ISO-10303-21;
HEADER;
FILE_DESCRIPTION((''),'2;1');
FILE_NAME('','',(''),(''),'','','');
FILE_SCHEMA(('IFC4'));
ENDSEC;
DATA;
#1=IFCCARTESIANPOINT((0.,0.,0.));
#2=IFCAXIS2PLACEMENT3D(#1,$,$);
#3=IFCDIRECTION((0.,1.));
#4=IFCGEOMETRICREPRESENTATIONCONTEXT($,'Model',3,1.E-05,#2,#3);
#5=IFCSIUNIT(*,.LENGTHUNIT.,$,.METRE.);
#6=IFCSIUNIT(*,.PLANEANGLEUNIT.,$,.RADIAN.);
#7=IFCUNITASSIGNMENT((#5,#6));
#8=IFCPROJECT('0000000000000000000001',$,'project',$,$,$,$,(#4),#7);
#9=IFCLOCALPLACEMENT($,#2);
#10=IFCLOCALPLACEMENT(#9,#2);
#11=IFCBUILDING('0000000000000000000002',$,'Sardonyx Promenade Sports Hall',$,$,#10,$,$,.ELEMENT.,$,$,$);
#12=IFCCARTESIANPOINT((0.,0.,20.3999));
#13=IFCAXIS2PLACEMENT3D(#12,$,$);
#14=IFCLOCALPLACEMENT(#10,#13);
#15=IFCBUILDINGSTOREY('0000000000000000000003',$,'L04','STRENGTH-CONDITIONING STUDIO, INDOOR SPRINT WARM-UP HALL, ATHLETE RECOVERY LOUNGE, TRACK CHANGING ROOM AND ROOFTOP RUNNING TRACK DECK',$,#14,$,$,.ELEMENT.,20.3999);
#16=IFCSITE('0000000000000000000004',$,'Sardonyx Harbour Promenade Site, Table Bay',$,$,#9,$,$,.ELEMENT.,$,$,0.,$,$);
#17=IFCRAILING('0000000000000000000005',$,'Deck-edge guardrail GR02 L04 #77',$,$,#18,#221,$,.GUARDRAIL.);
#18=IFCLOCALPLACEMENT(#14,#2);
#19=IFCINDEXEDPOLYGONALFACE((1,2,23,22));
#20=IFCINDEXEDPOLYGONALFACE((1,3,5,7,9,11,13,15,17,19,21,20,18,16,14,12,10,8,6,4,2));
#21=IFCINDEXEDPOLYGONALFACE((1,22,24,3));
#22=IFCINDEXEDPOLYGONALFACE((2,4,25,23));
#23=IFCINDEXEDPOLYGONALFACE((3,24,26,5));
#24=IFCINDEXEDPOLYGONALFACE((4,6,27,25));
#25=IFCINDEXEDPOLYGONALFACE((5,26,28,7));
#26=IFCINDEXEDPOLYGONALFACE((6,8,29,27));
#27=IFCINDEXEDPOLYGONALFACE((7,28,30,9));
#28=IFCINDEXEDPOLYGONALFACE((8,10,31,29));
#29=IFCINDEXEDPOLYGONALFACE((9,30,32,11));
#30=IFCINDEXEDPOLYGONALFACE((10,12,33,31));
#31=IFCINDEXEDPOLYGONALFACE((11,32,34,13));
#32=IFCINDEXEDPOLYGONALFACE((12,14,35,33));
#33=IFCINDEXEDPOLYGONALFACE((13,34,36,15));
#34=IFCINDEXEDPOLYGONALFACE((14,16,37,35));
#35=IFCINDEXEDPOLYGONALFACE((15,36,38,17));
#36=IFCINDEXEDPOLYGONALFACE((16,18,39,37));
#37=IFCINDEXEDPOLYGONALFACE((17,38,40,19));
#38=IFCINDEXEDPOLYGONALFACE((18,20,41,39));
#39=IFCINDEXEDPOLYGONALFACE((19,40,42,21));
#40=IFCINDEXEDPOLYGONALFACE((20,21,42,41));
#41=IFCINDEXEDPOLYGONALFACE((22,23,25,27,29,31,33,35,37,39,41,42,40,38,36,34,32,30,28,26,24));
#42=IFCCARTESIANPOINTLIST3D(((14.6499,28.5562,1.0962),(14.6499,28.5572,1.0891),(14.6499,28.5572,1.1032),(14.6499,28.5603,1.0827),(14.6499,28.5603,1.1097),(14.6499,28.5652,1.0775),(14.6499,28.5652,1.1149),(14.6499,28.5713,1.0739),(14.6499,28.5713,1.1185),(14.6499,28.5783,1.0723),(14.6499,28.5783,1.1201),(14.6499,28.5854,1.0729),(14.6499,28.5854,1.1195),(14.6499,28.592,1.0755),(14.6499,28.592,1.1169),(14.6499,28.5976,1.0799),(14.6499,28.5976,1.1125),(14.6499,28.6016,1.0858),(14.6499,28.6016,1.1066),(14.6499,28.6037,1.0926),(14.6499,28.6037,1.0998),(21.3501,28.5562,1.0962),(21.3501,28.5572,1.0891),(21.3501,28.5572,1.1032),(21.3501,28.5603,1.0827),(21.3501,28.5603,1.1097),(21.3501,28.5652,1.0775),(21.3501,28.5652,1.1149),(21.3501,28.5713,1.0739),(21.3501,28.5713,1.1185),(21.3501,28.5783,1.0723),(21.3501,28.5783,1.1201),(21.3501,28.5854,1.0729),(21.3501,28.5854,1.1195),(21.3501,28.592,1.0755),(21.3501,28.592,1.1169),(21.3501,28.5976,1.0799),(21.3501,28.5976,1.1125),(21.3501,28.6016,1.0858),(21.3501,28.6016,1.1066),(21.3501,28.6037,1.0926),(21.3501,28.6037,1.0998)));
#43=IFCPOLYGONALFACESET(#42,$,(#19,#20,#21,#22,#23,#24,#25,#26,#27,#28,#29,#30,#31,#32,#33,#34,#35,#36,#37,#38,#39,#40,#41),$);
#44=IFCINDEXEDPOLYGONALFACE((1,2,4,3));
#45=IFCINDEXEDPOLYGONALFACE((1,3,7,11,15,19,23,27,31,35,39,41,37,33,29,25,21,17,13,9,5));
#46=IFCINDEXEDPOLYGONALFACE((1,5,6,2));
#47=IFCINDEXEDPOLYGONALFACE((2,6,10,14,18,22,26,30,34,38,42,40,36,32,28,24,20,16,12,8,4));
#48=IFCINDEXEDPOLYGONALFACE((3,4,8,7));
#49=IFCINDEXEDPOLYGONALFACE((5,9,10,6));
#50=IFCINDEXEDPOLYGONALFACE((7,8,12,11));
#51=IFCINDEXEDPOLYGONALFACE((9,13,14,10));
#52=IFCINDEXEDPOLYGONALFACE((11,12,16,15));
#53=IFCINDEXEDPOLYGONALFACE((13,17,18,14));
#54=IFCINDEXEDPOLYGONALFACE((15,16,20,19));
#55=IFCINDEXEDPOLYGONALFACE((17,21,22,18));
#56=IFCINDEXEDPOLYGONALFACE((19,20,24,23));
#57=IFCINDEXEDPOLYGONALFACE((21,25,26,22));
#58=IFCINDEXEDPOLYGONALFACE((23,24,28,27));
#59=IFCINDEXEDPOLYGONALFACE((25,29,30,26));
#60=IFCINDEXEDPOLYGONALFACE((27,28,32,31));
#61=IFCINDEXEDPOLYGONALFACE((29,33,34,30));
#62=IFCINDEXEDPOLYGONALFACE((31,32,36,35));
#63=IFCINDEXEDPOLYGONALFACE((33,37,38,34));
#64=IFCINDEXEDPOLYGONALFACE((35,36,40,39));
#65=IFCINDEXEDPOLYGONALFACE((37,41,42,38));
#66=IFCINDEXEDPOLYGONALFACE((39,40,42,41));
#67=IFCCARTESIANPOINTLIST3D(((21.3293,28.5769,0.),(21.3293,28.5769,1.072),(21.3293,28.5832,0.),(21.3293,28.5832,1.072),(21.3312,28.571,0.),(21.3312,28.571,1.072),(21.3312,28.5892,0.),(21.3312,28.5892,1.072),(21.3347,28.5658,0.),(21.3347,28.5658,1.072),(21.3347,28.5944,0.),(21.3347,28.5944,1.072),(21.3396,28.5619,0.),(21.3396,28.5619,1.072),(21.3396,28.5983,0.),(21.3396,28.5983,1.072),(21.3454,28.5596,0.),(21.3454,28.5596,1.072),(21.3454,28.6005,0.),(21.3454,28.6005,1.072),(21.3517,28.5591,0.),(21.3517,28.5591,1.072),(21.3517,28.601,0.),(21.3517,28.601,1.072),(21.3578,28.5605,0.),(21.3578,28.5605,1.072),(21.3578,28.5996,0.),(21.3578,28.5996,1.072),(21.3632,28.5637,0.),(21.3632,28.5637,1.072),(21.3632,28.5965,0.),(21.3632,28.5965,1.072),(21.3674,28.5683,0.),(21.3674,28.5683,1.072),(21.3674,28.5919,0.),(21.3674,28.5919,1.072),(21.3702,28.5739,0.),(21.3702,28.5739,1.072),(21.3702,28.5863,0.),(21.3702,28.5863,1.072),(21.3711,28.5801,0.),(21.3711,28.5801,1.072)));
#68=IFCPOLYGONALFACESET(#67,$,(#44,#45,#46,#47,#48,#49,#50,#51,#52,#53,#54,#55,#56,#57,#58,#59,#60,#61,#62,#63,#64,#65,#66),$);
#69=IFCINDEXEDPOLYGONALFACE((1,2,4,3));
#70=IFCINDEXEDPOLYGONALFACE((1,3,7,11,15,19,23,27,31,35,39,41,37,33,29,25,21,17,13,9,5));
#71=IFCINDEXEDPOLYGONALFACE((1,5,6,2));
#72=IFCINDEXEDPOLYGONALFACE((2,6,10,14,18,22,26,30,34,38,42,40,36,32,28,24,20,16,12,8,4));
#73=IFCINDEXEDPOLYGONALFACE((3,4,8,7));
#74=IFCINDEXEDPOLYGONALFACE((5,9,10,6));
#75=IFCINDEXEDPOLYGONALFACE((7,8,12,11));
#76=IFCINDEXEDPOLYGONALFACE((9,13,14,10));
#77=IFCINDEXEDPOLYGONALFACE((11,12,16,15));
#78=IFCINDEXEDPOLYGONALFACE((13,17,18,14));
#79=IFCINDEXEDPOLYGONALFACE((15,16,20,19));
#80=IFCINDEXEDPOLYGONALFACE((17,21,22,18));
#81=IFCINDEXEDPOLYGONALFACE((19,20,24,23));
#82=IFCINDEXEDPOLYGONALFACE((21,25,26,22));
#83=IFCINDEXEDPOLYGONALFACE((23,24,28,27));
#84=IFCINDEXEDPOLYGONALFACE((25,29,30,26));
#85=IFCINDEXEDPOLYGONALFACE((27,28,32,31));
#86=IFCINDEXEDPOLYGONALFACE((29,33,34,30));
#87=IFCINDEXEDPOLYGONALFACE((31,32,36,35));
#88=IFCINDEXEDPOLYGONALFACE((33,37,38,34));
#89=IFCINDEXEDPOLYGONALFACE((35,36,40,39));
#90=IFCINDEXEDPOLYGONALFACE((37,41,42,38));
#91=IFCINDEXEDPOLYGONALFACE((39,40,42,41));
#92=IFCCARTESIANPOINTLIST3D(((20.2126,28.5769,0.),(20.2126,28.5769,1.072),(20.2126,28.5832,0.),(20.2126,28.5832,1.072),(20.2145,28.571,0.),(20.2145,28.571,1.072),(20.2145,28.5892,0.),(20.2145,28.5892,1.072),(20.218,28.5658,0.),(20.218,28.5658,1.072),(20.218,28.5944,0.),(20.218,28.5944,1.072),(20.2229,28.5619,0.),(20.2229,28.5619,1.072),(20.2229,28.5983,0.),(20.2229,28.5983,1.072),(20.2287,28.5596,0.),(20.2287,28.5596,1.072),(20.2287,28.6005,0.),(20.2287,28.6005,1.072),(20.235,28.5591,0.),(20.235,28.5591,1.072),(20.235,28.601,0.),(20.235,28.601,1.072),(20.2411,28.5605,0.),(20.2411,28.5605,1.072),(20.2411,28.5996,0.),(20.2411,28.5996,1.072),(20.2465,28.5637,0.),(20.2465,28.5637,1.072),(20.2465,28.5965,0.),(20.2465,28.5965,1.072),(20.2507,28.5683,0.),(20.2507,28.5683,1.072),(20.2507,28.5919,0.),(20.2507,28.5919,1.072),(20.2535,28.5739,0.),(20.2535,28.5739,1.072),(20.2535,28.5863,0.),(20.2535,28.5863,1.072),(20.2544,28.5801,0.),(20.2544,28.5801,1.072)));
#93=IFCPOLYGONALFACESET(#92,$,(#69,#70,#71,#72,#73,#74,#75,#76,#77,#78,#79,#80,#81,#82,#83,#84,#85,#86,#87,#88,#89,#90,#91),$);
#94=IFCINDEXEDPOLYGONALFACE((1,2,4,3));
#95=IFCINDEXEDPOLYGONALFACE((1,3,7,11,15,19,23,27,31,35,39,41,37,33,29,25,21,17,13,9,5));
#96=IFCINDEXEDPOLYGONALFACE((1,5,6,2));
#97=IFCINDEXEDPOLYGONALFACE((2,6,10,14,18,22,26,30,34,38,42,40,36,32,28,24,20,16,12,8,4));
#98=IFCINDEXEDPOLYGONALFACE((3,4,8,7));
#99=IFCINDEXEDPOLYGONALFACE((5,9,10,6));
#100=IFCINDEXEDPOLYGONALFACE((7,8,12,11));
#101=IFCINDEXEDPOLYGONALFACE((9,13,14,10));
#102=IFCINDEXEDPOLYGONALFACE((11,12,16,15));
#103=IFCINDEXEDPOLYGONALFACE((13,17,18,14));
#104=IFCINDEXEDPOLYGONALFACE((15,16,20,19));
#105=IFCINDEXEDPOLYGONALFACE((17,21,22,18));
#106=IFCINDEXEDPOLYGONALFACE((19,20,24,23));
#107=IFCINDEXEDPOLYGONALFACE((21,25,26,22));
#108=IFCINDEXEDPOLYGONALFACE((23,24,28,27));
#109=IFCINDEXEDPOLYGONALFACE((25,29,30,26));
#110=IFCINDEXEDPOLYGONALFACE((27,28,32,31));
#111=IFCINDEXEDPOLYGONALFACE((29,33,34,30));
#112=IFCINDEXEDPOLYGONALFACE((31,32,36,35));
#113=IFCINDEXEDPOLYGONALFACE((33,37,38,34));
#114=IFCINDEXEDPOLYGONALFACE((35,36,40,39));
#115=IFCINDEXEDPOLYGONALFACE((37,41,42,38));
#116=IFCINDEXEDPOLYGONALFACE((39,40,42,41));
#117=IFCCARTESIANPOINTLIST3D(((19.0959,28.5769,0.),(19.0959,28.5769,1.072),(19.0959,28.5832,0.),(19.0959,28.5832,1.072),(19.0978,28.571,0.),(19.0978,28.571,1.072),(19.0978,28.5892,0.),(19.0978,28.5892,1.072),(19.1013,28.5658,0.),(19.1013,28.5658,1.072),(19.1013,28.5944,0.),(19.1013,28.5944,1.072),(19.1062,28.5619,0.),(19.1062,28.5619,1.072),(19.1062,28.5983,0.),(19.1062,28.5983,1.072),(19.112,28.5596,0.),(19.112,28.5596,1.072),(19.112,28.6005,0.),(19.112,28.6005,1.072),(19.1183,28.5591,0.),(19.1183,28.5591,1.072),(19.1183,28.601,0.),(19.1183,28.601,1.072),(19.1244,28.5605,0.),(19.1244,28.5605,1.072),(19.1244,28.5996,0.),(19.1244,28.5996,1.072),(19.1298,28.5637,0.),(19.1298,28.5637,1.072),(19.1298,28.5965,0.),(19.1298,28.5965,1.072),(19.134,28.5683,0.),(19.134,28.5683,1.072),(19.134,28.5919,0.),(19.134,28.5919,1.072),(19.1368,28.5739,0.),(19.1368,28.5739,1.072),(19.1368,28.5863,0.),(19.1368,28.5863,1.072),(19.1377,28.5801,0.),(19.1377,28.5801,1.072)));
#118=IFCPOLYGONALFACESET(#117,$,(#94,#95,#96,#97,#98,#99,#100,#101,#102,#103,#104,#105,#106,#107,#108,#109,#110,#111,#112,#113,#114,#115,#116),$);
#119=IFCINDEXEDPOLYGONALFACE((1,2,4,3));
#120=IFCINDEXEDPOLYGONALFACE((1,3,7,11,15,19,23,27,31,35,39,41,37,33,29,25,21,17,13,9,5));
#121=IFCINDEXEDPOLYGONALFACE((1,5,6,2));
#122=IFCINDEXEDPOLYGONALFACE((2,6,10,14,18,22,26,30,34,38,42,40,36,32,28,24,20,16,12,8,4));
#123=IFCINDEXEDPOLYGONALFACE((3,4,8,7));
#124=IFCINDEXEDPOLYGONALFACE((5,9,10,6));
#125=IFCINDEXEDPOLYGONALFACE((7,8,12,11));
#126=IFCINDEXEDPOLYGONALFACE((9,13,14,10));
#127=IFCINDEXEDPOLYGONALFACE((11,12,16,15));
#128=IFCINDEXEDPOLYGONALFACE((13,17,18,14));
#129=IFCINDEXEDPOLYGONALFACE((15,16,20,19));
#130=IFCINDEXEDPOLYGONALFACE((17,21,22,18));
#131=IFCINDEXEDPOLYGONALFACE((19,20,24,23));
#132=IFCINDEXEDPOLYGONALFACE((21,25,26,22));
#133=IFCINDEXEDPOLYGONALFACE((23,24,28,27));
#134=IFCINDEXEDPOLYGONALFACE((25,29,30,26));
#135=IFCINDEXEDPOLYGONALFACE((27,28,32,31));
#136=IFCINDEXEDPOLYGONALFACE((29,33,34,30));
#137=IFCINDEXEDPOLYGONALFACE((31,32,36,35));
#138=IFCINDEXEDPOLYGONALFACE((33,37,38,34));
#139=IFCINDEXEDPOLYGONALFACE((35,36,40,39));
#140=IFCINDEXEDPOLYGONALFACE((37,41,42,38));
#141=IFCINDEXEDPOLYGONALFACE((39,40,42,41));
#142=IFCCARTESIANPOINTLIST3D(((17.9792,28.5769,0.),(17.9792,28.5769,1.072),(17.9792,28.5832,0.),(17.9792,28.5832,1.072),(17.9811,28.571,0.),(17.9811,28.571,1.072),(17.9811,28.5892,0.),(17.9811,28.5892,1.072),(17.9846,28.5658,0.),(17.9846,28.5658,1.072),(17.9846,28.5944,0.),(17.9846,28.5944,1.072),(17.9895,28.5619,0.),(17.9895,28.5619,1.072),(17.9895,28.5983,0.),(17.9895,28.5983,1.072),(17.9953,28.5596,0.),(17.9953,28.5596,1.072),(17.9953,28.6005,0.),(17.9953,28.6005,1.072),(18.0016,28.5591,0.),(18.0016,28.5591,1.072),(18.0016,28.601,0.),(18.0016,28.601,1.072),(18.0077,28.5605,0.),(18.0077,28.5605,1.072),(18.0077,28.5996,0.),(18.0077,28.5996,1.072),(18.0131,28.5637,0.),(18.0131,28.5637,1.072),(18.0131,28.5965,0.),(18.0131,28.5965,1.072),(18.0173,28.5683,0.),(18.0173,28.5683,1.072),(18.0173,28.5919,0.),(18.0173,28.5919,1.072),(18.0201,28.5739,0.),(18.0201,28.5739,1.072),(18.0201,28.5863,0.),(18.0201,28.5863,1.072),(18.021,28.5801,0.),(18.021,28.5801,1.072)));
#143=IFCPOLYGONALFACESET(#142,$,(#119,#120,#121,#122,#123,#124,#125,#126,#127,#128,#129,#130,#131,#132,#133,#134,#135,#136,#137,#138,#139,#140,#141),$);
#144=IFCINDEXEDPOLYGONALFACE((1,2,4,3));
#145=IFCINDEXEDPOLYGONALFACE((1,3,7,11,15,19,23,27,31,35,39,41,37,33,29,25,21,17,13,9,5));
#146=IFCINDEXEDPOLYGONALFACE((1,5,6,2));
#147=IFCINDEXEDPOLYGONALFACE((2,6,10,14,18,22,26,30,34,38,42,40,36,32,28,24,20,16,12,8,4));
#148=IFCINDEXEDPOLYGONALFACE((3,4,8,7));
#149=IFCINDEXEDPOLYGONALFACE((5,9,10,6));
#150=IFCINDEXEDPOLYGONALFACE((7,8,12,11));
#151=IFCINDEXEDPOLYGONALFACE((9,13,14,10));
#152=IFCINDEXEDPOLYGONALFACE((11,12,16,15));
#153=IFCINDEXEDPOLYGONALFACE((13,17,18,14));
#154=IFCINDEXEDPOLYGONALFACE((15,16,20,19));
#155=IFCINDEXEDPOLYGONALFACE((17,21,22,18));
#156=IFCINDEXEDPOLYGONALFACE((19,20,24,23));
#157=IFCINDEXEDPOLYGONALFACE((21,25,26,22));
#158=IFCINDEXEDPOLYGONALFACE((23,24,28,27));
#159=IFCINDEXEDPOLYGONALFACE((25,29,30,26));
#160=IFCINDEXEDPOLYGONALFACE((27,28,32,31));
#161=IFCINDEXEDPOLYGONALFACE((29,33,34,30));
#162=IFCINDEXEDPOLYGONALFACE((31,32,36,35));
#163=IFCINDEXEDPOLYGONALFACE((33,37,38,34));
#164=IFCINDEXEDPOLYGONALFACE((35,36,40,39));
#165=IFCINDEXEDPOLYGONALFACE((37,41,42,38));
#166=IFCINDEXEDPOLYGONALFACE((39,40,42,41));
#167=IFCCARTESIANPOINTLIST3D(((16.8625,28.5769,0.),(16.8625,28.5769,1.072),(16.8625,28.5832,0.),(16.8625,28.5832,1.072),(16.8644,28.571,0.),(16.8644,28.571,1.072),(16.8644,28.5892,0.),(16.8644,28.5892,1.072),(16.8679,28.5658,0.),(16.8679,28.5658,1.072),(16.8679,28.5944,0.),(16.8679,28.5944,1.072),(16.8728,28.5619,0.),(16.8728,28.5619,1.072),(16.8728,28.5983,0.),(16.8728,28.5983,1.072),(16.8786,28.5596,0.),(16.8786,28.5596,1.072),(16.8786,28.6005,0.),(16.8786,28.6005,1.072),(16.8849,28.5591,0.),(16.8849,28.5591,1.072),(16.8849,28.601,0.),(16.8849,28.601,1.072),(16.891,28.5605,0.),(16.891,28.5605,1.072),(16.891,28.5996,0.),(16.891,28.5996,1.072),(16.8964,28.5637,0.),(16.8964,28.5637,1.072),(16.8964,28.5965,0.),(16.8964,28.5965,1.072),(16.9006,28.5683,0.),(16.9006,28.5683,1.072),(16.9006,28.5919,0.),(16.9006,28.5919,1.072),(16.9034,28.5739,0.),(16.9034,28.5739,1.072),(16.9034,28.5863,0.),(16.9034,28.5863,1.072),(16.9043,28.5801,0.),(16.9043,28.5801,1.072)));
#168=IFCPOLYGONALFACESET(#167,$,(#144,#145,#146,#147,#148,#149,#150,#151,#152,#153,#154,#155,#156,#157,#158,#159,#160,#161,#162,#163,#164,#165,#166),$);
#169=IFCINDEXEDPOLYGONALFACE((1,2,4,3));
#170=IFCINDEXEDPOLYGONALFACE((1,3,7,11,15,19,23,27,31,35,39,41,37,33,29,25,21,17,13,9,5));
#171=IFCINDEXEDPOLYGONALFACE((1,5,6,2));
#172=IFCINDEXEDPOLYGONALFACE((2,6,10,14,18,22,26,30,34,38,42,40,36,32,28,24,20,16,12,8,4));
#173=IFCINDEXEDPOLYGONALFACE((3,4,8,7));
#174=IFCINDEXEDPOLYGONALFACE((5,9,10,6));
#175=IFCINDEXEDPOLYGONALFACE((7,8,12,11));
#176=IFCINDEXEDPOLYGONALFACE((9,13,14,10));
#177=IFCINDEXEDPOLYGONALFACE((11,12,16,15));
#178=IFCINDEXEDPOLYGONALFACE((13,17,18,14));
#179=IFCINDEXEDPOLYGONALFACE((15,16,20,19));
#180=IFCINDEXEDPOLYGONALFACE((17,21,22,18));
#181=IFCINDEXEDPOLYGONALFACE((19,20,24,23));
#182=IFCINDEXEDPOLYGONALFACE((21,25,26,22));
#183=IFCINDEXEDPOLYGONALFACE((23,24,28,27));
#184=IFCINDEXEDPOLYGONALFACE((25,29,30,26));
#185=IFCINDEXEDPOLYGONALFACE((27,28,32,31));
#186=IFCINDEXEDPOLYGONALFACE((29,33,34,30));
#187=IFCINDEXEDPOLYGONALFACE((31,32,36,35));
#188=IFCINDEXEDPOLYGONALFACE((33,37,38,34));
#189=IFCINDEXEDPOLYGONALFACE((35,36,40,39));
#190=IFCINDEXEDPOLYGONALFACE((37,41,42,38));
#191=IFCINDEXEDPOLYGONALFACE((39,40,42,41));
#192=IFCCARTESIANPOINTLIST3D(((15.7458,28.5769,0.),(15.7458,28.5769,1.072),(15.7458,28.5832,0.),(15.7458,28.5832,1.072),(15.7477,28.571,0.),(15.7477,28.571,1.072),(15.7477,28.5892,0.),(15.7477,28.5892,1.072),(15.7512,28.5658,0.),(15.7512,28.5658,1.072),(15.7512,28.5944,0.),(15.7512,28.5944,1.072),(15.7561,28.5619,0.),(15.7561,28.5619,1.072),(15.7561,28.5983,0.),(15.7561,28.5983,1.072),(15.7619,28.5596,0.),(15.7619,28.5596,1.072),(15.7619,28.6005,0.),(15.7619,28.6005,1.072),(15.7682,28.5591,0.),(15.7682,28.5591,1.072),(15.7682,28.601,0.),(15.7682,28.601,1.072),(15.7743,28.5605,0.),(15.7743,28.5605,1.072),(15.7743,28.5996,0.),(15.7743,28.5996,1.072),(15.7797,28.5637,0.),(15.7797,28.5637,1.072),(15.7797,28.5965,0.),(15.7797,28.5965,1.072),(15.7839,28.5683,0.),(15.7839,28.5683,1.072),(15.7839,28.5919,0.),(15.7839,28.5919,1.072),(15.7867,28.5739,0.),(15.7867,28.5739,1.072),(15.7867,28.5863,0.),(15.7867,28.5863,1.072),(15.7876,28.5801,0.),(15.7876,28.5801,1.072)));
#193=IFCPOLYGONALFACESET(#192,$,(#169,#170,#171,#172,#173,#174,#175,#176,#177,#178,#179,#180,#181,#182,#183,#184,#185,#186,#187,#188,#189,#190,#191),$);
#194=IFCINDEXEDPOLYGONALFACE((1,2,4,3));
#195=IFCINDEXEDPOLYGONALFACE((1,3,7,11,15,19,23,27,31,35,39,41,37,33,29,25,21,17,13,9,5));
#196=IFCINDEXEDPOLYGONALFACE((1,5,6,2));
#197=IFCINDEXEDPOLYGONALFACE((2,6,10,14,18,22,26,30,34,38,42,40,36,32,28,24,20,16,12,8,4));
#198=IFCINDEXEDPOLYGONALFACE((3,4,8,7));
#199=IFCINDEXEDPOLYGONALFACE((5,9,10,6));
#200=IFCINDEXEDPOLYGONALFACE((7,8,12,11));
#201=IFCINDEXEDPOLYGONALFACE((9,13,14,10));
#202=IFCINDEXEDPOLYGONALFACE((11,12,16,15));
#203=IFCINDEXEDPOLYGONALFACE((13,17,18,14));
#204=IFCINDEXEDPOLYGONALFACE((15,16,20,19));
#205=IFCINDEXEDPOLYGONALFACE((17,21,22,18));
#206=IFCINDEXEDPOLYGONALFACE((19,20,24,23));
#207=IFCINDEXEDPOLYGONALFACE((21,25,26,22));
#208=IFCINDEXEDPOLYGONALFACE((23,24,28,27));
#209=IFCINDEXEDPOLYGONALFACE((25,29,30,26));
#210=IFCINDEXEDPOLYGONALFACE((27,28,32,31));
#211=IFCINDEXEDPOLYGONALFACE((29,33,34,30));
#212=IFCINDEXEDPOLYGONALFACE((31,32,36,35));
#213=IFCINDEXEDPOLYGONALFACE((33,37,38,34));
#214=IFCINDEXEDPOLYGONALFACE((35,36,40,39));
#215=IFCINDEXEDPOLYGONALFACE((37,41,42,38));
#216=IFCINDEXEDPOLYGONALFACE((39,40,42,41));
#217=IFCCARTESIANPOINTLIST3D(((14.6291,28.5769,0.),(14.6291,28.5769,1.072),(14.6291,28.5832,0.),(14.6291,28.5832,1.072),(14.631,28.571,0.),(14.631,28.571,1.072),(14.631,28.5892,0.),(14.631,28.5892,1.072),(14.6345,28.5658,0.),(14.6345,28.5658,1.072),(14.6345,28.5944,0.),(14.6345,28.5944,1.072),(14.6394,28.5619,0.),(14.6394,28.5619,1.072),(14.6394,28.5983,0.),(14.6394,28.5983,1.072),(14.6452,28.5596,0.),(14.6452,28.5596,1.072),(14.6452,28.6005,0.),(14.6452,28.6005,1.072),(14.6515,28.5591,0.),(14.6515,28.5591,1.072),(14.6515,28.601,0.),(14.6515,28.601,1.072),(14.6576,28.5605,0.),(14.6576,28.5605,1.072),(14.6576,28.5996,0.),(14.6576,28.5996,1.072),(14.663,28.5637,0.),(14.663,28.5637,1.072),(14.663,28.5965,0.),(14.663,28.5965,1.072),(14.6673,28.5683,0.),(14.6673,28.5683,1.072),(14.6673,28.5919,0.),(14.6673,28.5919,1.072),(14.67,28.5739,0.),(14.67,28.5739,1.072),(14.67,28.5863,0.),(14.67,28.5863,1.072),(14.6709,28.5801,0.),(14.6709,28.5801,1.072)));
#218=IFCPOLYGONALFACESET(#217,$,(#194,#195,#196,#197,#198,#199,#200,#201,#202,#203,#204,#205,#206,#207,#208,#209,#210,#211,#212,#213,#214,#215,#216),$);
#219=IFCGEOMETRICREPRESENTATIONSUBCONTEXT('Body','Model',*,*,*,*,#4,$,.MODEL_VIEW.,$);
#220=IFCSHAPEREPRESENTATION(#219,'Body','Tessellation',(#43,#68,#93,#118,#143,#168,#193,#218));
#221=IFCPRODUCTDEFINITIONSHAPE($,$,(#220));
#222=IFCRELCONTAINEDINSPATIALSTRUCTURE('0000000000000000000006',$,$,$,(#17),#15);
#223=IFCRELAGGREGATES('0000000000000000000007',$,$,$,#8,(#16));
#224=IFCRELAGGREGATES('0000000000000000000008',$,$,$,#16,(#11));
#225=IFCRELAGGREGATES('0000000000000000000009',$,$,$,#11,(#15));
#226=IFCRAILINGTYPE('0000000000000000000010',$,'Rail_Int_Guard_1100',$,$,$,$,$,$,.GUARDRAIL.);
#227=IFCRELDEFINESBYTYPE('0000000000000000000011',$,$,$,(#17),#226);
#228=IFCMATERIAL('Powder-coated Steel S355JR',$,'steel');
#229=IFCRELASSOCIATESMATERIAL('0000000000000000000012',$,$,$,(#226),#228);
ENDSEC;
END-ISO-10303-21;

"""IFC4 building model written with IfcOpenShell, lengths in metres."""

from ifc_helpers import new_model, si_unit, direction, frame, origin, origin_2d, place, context, subcontext, project, spatial, circle, extrude, material, type_object, element, save


model = new_model("IFC4")

# Units and contexts
model_context = context("Model", 3, precision=1e-05, world=origin(), true_north=direction((0.0, 1.0)))
body_context = subcontext(model_context, "Body", "Model", "MODEL_VIEW")
ifc_project = project(units=[si_unit("LENGTHUNIT", "METRE"), si_unit("PLANEANGLEUNIT", "RADIAN")], contexts=[model_context])

# Site, building, storey
site_placement = place(None, origin())
site = spatial("IfcSite", under=ifc_project, at=site_placement, Name="Sardonyx Harbour Promenade Site, Table Bay", CompositionType="ELEMENT", RefElevation=0.0)
building_placement = place(site_placement, origin())
building = spatial("IfcBuilding", under=site, at=building_placement, Name="Sardonyx Promenade Sports Hall", CompositionType="ELEMENT")
storey_placement = place(building_placement, frame((0.0, 0.0, 20.3999)))
storey = spatial("IfcBuildingStorey", under=building, at=storey_placement, Name="L04", Description="STRENGTH-CONDITIONING STUDIO, INDOOR SPRINT WARM-UP HALL, ATHLETE RECOVERY LOUNGE, TRACK CHANGING ROOM AND ROOFTOP RUNNING TRACK DECK", CompositionType="ELEMENT", Elevation=20.3999)

# Railing
ifc_material_1 = material(Name="Powder-coated Steel S355JR", Category="steel")
railing_type = type_object("IfcRailingType", Name="Rail_Int_Guard_1100", PredefinedType="GUARDRAIL", material=ifc_material_1)
railing_placement = place(storey_placement, frame((21.3501, 28.5801, 0.0)))
element("IfcRailing", 1, at=railing_placement, inside=storey, type_object=railing_type, Name="Deck-edge guardrail GR02 L04 #77", PredefinedType="GUARDRAIL", context=body_context, shape_type="SweptSolid", body=[
    extrude(circle(Radius=0.0239, at=origin_2d()), frame((0.0, 0.0, 1.0962), z_axis=(-1.0, 0.0, 0.0), x_axis=(0.0, -1.0, 0.0)), (0.0, 0.0, 1.0), 6.7002),
    extrude(circle(Radius=0.021, at=origin_2d()), origin(), (0.0, 0.0, 1.0), 1.072),
    extrude(circle(Radius=0.021, at=origin_2d()), frame((-1.1167, 0.0, 0.0)), (0.0, 0.0, 1.0), 1.072),
    extrude(circle(Radius=0.021, at=origin_2d()), frame((-2.2334, 0.0, 0.0)), (0.0, 0.0, 1.0), 1.072),
    extrude(circle(Radius=0.021, at=origin_2d()), frame((-3.3501, 0.0, 0.0)), (0.0, 0.0, 1.0), 1.072),
    extrude(circle(Radius=0.021, at=origin_2d()), frame((-4.4668, 0.0, 0.0)), (0.0, 0.0, 1.0), 1.072),
    extrude(circle(Radius=0.021, at=origin_2d()), frame((-5.5835, 0.0, 0.0)), (0.0, 0.0, 1.0), 1.072),
    extrude(circle(Radius=0.021, at=origin_2d()), frame((-6.7002, 0.0, 0.0)), (0.0, 0.0, 1.0), 1.072),
])

save(model, "model.ifc")
